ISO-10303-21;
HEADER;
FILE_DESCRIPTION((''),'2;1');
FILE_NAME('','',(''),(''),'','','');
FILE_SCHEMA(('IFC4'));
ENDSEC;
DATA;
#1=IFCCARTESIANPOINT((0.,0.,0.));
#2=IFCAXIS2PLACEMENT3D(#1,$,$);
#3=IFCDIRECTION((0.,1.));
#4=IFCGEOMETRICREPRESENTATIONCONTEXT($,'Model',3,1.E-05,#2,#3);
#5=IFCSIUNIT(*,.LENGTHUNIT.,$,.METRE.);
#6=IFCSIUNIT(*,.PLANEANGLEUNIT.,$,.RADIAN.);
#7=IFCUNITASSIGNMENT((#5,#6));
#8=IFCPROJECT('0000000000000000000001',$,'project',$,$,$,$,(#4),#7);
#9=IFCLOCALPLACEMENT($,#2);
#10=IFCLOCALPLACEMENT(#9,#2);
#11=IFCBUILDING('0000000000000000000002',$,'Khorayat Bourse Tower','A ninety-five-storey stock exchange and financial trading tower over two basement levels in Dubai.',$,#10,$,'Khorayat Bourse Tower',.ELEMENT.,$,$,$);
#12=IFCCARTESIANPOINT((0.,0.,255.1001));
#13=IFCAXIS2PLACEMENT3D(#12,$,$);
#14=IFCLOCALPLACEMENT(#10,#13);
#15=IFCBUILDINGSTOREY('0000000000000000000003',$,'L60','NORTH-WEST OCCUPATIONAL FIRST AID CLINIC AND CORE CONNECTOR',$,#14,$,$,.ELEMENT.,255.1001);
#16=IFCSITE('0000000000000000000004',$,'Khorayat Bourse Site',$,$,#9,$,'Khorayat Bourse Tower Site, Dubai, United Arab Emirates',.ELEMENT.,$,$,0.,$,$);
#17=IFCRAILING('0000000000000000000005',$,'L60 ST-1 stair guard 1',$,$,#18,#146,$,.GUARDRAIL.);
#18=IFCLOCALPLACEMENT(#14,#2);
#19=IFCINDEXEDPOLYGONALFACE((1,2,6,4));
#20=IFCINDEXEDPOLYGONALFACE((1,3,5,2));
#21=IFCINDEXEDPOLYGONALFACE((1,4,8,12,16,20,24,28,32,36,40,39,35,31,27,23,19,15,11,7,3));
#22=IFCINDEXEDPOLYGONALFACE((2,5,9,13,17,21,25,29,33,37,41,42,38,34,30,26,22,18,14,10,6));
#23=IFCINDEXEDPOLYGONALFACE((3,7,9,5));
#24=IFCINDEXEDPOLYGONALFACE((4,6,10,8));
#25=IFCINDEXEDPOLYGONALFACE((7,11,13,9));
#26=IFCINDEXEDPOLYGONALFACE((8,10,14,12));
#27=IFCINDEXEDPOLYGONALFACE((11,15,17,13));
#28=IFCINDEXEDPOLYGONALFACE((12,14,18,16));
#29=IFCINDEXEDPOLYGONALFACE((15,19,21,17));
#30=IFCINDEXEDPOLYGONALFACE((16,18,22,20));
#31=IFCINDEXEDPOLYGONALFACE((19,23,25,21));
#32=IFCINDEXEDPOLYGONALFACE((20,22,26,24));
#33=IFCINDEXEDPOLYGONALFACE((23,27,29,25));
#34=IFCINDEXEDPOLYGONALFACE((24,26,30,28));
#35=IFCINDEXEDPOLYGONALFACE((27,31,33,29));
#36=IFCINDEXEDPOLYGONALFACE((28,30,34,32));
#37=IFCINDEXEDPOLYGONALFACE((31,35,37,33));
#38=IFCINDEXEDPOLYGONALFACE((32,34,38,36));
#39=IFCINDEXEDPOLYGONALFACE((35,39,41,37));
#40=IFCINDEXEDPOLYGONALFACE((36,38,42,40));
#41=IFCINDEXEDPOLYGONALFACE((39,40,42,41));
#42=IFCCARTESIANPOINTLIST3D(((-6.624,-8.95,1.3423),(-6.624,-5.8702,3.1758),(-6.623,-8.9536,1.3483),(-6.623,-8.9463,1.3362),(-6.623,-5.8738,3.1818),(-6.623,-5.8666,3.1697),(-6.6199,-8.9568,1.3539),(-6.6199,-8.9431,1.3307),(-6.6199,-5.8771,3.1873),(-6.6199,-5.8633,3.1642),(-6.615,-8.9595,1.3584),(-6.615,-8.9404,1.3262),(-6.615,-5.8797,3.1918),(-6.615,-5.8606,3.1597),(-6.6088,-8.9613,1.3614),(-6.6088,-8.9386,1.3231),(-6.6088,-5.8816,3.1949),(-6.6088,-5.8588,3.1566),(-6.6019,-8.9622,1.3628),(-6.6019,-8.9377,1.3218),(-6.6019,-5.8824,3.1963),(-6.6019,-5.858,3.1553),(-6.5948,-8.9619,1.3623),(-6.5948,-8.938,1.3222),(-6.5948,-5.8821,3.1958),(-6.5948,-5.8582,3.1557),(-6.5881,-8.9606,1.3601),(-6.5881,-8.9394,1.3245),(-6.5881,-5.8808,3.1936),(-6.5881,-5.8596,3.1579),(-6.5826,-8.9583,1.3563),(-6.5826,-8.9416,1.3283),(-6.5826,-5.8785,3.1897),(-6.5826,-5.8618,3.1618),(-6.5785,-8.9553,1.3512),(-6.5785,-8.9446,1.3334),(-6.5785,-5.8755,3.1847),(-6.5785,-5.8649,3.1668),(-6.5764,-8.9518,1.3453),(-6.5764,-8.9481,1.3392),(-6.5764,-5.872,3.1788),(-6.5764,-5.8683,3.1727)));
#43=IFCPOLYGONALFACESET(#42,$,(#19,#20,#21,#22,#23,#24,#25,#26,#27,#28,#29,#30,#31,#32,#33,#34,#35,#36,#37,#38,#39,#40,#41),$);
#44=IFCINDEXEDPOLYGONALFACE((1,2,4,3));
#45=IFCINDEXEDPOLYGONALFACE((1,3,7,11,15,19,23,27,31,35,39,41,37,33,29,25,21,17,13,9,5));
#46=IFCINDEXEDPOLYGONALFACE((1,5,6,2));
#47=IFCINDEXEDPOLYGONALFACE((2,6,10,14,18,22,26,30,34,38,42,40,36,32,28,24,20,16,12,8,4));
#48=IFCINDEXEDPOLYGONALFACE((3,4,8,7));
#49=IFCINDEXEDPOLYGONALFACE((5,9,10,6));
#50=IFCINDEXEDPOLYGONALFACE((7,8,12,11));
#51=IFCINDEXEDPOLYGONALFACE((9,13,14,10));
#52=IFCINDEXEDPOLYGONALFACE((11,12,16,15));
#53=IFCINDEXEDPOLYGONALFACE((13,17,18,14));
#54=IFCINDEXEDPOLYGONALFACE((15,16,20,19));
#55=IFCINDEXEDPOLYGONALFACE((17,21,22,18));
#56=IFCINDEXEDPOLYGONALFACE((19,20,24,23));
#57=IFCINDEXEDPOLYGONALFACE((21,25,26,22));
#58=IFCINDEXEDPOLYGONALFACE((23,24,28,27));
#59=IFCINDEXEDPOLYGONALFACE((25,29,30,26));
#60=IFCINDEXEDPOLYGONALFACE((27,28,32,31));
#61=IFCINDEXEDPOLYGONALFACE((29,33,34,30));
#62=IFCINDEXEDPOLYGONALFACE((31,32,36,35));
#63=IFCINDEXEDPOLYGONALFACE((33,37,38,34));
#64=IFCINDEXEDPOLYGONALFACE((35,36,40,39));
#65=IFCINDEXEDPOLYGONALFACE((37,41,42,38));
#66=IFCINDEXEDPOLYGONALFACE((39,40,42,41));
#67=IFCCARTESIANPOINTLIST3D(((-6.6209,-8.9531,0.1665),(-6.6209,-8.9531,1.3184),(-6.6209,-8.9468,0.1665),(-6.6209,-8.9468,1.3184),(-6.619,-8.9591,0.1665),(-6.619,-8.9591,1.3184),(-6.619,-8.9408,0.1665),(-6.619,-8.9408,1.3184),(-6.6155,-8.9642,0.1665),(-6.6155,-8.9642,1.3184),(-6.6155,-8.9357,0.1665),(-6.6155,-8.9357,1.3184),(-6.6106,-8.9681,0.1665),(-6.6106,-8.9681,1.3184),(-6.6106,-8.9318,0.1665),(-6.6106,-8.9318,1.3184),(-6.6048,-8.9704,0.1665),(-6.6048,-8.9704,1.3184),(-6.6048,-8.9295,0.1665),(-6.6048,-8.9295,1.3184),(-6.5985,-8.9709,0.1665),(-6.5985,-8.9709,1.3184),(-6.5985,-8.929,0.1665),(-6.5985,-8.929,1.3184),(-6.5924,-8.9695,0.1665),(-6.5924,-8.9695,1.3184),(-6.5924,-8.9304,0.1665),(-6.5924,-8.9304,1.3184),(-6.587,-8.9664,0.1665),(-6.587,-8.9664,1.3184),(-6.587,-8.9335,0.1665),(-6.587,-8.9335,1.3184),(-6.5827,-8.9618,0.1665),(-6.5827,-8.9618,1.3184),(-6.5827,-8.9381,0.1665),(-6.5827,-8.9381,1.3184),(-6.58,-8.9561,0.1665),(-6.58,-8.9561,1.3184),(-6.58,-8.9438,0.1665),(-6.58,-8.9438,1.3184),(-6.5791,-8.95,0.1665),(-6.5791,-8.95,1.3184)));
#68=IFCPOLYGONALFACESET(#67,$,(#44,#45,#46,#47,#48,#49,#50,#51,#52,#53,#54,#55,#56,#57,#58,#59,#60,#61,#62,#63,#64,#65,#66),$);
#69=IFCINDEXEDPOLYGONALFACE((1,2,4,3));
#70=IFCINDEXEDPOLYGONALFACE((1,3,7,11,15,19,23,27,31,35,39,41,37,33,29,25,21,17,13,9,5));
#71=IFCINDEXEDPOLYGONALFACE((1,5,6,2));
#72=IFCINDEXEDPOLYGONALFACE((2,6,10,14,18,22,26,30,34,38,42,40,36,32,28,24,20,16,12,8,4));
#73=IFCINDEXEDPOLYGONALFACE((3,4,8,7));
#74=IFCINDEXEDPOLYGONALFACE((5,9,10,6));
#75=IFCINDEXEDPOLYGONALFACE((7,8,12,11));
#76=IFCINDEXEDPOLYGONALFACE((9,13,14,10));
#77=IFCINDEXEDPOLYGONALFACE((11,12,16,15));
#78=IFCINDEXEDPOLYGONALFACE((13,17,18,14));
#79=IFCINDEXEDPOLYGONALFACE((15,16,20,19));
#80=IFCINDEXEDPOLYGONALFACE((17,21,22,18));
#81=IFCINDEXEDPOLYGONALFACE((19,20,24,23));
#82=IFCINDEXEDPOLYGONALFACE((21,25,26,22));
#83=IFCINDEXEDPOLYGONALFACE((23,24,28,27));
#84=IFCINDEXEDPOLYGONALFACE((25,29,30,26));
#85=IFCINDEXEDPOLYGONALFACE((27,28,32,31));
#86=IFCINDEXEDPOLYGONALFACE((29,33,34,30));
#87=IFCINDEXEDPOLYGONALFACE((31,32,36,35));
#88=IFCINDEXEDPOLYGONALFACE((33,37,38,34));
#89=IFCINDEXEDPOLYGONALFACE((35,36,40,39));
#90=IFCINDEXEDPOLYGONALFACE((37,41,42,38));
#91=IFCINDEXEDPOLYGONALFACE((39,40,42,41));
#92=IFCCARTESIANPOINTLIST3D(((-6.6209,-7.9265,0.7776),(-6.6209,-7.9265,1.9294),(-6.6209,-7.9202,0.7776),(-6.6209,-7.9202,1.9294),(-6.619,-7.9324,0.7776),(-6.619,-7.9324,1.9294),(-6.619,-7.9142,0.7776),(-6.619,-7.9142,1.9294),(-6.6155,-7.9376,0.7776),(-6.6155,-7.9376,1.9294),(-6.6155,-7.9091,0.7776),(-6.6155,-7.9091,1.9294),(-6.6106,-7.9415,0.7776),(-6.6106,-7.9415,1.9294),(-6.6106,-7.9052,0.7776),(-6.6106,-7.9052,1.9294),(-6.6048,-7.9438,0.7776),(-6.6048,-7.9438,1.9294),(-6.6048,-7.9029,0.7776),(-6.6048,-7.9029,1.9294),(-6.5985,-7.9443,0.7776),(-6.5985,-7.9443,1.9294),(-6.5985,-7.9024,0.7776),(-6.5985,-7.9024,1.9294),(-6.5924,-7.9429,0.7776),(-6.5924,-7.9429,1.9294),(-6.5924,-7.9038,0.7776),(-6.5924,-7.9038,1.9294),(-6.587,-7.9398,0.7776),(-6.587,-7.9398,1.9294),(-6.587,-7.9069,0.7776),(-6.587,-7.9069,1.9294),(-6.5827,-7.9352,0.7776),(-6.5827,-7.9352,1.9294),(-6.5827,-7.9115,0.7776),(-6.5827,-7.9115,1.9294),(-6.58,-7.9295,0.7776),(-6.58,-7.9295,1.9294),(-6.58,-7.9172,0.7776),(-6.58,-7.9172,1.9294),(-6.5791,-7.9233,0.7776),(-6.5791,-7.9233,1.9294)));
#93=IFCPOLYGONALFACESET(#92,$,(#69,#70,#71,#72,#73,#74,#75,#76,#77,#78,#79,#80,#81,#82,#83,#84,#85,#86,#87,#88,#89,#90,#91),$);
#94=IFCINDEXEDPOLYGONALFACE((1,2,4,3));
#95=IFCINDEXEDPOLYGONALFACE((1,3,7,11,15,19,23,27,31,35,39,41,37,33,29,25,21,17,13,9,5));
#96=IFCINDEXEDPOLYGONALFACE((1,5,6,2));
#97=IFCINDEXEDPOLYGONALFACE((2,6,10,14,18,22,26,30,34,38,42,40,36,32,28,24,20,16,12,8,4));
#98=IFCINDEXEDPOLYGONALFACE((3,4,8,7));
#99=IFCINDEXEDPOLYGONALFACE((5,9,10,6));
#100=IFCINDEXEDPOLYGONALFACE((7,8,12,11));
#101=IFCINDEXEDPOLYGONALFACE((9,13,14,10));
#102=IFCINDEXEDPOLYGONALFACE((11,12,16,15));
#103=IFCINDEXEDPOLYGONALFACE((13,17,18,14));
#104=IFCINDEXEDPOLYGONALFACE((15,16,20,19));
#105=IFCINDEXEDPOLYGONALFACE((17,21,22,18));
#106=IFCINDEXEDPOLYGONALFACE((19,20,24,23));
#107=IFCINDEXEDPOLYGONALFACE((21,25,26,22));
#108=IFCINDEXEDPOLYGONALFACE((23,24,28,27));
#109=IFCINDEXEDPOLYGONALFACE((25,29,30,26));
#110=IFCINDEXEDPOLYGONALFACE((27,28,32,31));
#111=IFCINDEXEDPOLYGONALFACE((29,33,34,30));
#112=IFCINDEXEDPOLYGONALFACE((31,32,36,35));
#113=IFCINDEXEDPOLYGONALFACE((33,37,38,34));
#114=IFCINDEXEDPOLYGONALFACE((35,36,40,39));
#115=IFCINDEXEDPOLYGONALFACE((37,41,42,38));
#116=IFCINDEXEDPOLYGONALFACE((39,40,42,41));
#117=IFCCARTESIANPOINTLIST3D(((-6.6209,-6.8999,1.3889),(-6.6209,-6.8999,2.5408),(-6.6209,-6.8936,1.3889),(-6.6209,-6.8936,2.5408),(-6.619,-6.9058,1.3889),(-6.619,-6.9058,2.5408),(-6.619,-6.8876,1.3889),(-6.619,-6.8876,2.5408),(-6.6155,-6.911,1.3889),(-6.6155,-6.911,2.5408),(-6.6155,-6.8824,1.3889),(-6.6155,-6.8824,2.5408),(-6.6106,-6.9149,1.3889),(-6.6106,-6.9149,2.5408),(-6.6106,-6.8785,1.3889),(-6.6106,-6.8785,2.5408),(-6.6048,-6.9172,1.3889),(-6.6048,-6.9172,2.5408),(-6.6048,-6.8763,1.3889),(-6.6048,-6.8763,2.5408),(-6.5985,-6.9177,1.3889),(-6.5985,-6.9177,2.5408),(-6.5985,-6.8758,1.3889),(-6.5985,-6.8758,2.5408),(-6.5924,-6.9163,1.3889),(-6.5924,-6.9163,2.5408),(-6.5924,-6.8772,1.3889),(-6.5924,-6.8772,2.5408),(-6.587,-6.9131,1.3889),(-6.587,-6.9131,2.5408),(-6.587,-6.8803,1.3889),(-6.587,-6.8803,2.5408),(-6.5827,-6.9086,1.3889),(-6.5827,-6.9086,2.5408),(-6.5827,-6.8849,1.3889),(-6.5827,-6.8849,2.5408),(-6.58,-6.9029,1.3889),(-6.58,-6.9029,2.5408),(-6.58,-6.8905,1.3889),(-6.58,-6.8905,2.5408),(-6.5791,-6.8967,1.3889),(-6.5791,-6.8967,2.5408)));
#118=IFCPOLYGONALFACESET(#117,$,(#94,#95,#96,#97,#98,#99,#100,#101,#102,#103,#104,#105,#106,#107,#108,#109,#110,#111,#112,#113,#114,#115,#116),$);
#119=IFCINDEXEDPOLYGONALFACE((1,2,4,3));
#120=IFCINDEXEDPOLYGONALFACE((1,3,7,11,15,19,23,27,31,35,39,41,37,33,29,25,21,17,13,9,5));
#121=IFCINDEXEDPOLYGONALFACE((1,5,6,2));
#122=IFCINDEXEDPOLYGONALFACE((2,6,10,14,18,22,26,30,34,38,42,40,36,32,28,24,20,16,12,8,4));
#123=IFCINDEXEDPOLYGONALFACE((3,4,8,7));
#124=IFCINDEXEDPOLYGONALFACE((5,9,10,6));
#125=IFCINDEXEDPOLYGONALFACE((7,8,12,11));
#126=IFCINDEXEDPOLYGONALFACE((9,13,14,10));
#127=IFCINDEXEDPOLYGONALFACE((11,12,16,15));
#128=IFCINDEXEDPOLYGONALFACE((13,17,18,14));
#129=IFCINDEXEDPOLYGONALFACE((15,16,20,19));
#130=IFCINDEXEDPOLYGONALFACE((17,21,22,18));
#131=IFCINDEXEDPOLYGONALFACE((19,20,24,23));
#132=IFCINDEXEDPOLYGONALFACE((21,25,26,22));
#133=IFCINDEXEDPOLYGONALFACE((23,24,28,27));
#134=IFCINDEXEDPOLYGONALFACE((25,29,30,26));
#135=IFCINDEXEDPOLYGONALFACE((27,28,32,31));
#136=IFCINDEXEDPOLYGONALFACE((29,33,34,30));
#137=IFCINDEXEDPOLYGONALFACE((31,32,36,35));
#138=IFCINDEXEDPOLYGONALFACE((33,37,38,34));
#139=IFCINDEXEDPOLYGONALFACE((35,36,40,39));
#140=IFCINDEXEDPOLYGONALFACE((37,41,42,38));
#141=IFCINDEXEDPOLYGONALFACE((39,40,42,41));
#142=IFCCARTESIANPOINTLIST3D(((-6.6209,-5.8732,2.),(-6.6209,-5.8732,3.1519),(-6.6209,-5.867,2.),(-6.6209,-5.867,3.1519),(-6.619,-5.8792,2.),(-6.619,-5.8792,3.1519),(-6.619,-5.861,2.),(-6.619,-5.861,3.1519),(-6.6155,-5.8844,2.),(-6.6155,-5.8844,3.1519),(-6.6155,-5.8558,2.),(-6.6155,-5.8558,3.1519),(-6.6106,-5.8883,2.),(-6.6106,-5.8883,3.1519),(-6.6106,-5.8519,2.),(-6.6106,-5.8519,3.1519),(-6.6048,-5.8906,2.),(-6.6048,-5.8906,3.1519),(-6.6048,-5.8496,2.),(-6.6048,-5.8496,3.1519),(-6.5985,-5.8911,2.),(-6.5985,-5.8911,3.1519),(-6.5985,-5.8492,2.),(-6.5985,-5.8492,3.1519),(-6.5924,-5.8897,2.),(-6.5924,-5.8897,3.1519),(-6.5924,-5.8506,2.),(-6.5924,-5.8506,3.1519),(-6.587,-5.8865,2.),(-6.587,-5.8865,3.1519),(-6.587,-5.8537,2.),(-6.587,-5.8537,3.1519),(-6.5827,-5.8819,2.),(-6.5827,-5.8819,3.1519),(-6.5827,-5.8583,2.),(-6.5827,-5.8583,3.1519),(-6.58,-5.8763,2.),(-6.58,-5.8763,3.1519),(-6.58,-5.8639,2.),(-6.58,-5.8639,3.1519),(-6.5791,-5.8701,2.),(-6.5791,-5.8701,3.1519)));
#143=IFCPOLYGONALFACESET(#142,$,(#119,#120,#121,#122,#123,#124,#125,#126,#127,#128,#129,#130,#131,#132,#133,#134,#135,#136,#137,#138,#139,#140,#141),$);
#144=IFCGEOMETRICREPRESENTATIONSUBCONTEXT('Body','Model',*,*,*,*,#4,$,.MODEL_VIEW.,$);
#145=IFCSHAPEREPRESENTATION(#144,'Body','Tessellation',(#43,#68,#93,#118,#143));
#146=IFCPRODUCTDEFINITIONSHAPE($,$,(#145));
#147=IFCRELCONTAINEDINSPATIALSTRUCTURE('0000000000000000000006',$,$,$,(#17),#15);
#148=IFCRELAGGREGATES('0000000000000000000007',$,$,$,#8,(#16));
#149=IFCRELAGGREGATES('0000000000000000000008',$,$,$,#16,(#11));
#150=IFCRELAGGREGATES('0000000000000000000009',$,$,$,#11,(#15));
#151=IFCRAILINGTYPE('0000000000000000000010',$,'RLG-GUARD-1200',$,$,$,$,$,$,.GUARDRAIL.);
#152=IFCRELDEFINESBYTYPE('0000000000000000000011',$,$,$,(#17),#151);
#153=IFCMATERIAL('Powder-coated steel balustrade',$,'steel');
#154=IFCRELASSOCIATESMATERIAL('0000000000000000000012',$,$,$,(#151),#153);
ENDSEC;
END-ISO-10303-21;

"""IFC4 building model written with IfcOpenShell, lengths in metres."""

from ifc_helpers import new_model, si_unit, direction, frame, origin, origin_2d, place, context, subcontext, project, spatial, circle, extrude, source, transform, mapped, material, type_object, element, save


model = new_model("IFC4")

# Units and contexts
model_context = context("Model", 3, precision=1e-05, world=origin(), true_north=direction((0.0, 1.0)))
body_context = subcontext(model_context, "Body", "Model", "MODEL_VIEW")
ifc_project = project(units=[si_unit("LENGTHUNIT", "METRE"), si_unit("PLANEANGLEUNIT", "RADIAN")], contexts=[model_context])

# Site, building, storey
site_placement = place(None, origin())
site = spatial("IfcSite", under=ifc_project, at=site_placement, Name="Khorayat Bourse Site", LongName="Khorayat Bourse Tower Site, Dubai, United Arab Emirates", CompositionType="ELEMENT", RefElevation=0.0)
building_placement = place(site_placement, origin())
building = spatial("IfcBuilding", under=site, at=building_placement, Name="Khorayat Bourse Tower", Description="A ninety-five-storey stock exchange and financial trading tower over two basement levels in Dubai.", LongName="Khorayat Bourse Tower", CompositionType="ELEMENT")
storey_placement = place(building_placement, frame((0.0, 0.0, 255.1001)))
storey = spatial("IfcBuildingStorey", under=building, at=storey_placement, Name="L60", Description="NORTH-WEST OCCUPATIONAL FIRST AID CLINIC AND CORE CONNECTOR", CompositionType="ELEMENT", Elevation=255.1001)

# Railing
ifc_material_1 = material(Name="Powder-coated steel balustrade", Category="steel")
railing_type_1 = type_object("IfcRailingType", Name="RLG-GUARD-1200", PredefinedType="GUARDRAIL", material=ifc_material_1)
shared_shape_1 = source(origin(), body_context, "Body", "SweptSolid", [
    extrude(circle(Radius=0.0239, at=origin_2d()), frame((0.0, 0.0, 1.1758), z_axis=(0.0, 0.859261, 0.511538), x_axis=(-1.0, 0.0, 0.0)), (0.0, 0.0, 1.0), 3.5842),
    extrude(circle(Radius=0.021, at=origin_2d()), origin(), (0.0, 0.0, 1.0), 1.1519),
    extrude(circle(Radius=0.021, at=origin_2d()), frame((0.0, 1.0266, 0.6111)), (0.0, 0.0, 1.0), 1.1519),
    extrude(circle(Radius=0.021, at=origin_2d()), frame((0.0, 2.0532, 1.2224)), (0.0, 0.0, 1.0), 1.1519),
    extrude(circle(Radius=0.021, at=origin_2d()), frame((0.0, 3.0798, 1.8335)), (0.0, 0.0, 1.0), 1.1519),
])
railing_1_placement = place(storey_placement, frame((-6.6001, -8.95, 0.1665)))
element("IfcRailing", 1, at=railing_1_placement, inside=storey, type_object=railing_type_1, Name="L60 ST-1 stair guard 1", PredefinedType="GUARDRAIL", context=body_context, shape_type="MappedRepresentation", body=[
    mapped(shared_shape_1, transform((0.0, 0.0, 0.0), scale=1.0)),
])

save(model, "model.ifc")
